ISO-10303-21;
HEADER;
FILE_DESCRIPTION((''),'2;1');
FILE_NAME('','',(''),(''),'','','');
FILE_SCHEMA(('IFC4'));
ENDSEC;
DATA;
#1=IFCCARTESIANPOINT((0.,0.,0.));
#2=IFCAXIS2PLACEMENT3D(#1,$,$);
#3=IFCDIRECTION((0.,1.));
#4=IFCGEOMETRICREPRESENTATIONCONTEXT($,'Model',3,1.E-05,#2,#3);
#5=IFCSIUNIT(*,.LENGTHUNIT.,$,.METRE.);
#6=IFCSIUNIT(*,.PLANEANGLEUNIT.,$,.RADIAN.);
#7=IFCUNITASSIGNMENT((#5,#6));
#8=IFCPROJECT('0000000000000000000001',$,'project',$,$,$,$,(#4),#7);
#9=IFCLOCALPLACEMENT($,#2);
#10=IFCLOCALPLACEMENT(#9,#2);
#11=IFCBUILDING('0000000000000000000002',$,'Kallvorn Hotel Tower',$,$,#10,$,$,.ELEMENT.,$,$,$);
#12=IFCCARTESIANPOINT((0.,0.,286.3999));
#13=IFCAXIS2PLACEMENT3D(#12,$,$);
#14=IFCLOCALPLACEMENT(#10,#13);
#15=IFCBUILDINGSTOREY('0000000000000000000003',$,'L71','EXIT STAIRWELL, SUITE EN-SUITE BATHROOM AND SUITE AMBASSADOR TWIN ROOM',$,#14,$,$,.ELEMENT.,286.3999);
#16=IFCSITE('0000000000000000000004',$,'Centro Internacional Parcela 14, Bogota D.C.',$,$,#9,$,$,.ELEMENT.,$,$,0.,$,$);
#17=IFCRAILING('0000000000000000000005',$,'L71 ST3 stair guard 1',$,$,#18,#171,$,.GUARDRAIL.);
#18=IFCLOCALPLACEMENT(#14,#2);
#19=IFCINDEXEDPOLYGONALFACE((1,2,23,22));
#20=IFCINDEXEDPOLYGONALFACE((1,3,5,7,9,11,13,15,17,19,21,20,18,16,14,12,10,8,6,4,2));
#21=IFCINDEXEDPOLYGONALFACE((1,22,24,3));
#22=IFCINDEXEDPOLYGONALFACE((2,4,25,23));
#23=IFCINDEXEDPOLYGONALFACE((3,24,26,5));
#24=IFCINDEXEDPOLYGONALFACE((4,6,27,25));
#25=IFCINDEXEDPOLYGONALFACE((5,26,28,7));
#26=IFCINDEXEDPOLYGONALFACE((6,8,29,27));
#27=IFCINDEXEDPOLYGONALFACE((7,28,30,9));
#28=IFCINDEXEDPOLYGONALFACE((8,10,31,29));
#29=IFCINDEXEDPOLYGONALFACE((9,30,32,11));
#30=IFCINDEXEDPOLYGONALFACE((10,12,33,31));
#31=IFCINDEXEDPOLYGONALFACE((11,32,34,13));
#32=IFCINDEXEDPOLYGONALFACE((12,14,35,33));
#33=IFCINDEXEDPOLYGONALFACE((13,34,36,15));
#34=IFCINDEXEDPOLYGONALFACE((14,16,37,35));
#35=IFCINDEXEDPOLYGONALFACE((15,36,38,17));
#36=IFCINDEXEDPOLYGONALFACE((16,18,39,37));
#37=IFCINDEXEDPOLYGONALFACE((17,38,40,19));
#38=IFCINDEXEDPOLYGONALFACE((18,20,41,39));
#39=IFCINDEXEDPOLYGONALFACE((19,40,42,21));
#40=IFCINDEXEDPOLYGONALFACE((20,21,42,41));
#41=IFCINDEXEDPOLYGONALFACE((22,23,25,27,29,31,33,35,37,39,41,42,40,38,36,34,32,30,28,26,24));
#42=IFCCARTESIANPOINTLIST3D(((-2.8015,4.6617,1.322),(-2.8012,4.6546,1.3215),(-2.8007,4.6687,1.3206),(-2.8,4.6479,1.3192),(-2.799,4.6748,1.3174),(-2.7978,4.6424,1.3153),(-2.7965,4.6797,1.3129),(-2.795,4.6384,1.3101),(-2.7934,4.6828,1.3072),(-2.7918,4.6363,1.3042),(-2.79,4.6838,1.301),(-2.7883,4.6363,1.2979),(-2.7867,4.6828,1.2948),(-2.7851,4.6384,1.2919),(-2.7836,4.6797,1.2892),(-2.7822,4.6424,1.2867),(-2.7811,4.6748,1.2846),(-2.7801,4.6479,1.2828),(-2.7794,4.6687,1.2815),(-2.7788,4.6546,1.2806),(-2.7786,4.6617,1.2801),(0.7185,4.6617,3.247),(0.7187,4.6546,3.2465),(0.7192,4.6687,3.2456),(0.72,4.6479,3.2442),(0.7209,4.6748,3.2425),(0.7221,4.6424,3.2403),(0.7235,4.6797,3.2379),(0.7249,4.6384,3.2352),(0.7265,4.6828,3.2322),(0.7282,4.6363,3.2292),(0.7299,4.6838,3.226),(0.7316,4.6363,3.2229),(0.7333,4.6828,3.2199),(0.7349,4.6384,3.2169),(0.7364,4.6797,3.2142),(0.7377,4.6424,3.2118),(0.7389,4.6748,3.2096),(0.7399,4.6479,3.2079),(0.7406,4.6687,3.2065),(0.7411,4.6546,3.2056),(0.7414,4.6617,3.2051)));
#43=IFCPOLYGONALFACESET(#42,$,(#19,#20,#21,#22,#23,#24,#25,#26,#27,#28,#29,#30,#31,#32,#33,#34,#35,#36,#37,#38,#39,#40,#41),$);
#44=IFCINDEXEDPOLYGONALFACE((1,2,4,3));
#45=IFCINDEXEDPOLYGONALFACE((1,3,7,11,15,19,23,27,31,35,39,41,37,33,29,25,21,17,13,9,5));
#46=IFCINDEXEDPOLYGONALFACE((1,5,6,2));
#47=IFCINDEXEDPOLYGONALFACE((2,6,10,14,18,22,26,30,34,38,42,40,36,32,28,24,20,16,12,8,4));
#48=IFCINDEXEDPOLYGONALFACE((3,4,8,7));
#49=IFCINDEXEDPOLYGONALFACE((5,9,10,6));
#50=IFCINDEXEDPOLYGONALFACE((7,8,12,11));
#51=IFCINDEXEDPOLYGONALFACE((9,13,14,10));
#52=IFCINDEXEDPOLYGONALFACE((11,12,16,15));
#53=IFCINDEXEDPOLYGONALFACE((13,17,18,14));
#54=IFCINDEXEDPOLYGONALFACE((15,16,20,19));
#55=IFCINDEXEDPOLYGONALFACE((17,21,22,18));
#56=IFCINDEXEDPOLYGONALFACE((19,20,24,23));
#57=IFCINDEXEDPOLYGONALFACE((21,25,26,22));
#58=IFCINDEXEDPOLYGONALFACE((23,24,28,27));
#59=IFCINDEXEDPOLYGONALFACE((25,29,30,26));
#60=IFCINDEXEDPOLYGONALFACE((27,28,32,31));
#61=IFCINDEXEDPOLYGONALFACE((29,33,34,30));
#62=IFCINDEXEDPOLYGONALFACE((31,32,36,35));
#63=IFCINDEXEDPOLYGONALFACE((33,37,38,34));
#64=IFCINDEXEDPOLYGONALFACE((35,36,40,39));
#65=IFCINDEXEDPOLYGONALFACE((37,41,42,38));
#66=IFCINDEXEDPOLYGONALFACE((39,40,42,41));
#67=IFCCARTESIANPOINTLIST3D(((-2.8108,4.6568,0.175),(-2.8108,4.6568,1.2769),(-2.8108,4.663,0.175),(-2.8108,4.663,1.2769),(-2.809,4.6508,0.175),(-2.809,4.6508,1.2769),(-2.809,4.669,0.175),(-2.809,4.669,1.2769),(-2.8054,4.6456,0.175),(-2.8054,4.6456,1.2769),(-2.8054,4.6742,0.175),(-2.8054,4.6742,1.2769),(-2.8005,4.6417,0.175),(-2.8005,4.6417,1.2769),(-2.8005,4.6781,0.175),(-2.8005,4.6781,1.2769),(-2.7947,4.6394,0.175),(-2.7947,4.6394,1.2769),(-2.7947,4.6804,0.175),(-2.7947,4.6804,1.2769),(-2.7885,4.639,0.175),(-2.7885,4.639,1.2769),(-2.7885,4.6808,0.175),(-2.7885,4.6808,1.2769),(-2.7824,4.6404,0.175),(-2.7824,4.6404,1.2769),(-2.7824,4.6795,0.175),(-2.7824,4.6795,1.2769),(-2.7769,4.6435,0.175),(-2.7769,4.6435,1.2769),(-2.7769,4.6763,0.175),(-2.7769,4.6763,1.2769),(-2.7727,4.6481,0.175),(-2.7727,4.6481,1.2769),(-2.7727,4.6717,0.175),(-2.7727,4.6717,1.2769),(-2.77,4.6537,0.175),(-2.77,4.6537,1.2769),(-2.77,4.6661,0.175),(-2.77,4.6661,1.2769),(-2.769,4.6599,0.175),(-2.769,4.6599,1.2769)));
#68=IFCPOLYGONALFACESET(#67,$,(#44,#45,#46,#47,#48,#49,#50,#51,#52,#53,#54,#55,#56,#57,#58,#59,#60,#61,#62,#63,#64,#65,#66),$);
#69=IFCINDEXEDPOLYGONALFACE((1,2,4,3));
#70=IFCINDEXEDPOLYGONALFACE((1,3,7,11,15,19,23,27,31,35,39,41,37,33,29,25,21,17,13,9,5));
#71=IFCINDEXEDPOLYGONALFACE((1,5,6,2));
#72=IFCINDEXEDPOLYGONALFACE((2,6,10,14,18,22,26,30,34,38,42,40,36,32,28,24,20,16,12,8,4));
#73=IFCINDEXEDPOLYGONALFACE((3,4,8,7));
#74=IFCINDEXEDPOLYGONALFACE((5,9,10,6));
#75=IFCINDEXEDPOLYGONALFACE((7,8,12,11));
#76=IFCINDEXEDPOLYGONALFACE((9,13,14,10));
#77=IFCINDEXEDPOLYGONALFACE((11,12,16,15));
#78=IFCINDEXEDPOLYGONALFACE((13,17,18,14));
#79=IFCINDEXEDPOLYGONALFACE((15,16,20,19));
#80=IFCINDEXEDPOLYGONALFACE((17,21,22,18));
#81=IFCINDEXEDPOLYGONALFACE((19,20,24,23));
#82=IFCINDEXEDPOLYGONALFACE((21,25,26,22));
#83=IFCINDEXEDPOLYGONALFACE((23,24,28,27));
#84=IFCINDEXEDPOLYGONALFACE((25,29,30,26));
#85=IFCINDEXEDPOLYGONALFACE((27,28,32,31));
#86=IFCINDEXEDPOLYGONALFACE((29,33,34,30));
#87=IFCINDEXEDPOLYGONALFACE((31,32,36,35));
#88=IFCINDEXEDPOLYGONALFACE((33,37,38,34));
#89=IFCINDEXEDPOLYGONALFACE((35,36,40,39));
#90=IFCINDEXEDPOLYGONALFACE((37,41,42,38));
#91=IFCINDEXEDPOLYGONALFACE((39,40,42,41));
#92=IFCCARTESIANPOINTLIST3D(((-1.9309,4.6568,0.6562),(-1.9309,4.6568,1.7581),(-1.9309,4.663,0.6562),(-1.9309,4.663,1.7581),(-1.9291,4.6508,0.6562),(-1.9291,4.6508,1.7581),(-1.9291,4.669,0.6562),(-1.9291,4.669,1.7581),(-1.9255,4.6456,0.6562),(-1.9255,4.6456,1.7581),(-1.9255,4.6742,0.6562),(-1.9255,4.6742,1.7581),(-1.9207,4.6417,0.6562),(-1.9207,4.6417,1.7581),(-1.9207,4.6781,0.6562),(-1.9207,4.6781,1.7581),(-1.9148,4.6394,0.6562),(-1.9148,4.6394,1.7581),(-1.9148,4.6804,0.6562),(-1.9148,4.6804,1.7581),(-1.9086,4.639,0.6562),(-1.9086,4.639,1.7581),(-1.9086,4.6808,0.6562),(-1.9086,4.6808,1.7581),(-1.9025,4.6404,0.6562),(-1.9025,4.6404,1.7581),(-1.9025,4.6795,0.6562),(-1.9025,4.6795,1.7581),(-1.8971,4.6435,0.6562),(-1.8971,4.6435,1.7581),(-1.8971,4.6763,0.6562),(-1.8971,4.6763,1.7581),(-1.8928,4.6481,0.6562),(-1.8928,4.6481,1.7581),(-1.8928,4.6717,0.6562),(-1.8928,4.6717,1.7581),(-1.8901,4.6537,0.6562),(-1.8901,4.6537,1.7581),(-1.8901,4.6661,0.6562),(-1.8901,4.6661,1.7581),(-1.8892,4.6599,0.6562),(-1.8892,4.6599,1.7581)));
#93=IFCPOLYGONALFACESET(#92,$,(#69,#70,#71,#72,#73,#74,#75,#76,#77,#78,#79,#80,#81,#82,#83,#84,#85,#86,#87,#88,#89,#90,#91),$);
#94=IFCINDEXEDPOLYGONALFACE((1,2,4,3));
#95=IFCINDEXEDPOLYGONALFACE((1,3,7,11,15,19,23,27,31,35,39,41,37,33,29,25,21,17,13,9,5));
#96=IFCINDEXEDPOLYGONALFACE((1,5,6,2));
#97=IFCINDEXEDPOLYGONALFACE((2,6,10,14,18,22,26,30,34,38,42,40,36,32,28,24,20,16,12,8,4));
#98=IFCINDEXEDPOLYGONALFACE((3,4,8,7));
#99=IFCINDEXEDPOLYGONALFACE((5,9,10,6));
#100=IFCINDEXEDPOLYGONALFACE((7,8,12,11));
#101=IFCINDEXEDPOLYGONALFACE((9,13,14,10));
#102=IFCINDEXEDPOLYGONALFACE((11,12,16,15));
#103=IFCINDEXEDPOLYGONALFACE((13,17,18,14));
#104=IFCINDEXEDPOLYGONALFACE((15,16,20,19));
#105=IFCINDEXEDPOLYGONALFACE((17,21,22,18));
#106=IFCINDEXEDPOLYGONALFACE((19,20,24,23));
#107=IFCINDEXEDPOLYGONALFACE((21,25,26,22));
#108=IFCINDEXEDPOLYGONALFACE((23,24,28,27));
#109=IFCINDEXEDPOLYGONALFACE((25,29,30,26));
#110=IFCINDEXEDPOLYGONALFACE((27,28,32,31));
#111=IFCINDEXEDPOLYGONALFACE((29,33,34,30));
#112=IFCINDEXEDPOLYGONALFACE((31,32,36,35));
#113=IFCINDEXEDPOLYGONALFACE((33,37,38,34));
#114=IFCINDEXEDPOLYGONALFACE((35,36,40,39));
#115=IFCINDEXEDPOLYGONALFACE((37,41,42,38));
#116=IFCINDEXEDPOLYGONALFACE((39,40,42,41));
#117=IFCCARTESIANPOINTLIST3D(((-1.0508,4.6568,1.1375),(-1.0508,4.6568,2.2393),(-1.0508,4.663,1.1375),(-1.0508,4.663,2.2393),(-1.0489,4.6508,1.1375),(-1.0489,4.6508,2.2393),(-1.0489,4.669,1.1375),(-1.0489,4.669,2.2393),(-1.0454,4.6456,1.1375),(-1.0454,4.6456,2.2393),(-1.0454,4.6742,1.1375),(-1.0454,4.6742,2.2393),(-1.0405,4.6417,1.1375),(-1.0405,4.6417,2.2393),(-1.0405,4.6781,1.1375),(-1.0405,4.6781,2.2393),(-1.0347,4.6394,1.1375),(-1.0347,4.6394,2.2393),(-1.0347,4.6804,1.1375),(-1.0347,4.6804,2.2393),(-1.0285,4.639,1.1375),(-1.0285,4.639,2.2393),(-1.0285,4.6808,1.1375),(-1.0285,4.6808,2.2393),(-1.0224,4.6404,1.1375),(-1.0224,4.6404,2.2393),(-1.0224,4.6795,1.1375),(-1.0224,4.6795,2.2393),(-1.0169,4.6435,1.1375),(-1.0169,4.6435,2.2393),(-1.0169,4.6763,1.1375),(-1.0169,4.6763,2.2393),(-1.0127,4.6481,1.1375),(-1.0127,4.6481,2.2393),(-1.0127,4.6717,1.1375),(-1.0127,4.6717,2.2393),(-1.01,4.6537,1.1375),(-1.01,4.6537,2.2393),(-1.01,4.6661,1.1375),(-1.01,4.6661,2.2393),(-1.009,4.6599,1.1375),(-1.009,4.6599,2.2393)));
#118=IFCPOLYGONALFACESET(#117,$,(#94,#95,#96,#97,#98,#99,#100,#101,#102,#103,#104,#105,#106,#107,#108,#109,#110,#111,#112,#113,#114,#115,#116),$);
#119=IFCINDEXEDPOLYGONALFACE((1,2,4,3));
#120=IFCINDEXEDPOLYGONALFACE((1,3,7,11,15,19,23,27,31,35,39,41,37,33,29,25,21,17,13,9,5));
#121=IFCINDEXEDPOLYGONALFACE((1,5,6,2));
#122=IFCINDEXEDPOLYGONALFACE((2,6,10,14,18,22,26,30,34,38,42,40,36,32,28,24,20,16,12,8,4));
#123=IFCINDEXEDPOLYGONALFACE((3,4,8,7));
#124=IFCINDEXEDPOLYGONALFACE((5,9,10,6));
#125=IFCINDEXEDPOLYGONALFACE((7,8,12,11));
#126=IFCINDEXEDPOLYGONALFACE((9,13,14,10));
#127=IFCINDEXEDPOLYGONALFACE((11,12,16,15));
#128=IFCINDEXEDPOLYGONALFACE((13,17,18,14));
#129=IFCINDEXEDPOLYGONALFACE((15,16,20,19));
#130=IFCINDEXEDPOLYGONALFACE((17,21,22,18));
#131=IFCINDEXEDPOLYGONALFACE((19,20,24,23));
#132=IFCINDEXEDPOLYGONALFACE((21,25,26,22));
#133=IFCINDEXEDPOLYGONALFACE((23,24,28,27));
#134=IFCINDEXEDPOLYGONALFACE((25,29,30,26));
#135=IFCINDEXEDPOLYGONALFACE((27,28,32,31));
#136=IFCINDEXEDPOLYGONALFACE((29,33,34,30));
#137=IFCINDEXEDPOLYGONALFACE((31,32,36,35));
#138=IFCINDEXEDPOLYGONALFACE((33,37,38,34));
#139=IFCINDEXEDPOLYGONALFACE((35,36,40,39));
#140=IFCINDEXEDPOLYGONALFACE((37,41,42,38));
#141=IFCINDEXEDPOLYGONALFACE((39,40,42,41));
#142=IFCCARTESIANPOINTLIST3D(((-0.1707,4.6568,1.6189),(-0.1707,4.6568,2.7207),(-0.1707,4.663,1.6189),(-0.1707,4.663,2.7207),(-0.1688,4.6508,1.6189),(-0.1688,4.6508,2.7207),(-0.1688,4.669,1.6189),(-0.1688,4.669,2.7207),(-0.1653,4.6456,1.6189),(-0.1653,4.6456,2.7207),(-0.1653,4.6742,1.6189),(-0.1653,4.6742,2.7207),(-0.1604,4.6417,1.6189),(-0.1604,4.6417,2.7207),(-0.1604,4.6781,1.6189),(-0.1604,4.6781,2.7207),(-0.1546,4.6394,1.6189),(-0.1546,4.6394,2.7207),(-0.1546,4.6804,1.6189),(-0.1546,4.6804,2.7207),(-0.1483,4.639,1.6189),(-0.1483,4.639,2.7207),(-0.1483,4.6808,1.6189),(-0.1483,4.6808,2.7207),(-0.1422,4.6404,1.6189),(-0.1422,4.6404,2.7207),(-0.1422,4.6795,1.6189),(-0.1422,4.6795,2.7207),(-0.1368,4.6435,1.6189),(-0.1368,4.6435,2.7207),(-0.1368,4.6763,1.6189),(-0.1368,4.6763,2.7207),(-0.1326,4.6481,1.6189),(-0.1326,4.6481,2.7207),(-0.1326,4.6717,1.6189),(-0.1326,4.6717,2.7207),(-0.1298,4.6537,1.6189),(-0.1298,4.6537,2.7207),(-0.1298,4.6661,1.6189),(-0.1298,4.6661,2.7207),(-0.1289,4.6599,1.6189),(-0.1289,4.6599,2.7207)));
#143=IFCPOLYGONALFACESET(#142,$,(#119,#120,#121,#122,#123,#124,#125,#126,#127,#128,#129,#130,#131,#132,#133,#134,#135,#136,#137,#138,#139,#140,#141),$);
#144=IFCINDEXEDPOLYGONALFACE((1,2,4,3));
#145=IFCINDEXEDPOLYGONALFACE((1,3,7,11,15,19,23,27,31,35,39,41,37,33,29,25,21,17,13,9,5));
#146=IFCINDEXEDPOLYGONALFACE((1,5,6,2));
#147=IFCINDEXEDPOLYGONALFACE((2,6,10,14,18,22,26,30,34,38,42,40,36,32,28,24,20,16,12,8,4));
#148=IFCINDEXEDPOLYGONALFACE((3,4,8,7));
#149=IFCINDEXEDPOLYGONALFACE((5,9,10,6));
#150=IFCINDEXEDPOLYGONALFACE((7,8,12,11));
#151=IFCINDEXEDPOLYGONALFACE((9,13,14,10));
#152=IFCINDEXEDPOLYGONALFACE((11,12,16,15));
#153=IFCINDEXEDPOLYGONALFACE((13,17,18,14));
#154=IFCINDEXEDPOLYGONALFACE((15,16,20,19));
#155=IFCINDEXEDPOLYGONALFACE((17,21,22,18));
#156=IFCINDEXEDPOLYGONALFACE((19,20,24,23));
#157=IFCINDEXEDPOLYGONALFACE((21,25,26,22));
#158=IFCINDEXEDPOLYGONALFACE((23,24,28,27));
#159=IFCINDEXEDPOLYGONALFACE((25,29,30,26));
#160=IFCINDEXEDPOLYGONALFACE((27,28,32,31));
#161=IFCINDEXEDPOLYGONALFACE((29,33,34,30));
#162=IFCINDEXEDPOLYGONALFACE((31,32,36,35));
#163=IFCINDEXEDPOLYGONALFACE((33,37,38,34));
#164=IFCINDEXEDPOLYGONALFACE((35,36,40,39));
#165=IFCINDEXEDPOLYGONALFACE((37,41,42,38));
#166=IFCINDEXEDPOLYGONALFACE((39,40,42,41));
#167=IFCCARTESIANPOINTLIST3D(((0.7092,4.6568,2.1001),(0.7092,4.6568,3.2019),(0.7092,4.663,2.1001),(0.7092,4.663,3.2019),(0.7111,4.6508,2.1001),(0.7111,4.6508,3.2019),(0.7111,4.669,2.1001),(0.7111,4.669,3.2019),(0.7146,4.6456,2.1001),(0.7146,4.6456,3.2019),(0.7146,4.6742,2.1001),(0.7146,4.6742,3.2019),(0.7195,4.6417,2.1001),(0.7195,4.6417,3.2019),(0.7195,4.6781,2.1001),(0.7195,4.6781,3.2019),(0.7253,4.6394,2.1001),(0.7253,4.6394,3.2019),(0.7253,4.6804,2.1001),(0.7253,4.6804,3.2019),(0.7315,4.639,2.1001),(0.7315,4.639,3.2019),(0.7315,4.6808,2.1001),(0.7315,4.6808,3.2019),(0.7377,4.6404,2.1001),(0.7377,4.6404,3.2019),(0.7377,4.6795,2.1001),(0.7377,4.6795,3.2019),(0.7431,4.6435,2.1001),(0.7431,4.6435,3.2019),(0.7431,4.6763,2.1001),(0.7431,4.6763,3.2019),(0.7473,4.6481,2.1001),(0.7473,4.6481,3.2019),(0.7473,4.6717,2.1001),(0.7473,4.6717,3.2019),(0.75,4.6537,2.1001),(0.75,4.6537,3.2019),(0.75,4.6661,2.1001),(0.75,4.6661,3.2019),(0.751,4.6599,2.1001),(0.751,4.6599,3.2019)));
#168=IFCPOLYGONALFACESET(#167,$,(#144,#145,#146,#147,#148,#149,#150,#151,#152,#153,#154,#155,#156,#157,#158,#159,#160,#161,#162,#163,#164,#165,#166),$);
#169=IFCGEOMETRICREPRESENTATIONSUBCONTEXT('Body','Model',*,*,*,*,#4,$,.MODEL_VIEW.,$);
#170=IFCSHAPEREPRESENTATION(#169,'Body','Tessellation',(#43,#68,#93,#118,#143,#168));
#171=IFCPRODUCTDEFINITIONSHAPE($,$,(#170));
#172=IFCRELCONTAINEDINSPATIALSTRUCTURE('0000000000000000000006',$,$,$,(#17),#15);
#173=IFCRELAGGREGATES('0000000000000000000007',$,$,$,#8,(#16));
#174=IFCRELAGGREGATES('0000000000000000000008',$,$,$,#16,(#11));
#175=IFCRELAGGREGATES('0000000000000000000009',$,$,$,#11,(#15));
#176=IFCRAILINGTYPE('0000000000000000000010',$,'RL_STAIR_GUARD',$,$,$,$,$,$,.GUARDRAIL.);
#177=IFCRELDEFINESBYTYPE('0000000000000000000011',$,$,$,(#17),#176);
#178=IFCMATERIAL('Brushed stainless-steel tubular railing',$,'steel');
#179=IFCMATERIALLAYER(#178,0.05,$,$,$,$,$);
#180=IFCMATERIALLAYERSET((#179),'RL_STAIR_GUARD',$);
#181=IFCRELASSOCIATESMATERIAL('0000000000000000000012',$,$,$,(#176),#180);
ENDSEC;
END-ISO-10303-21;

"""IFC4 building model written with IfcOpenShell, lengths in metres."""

from ifc_helpers import new_model, si_unit, direction, frame, origin, origin_2d, place, context, subcontext, project, spatial, circle, extrude, material, layer, layer_set, type_object, element, save


model = new_model("IFC4")

# Units and contexts
model_context = context("Model", 3, precision=1e-05, world=origin(), true_north=direction((0.0, 1.0)))
body_context = subcontext(model_context, "Body", "Model", "MODEL_VIEW")
ifc_project = project(units=[si_unit("LENGTHUNIT", "METRE"), si_unit("PLANEANGLEUNIT", "RADIAN")], contexts=[model_context])

# Site, building, storey
site_placement = place(None, origin())
site = spatial("IfcSite", under=ifc_project, at=site_placement, Name="Centro Internacional Parcela 14, Bogota D.C.", CompositionType="ELEMENT", RefElevation=0.0)
building_placement = place(site_placement, origin())
building = spatial("IfcBuilding", under=site, at=building_placement, Name="Kallvorn Hotel Tower", CompositionType="ELEMENT")
storey_placement = place(building_placement, frame((0.0, 0.0, 286.3999)))
storey = spatial("IfcBuildingStorey", under=building, at=storey_placement, Name="L71", Description="EXIT STAIRWELL, SUITE EN-SUITE BATHROOM AND SUITE AMBASSADOR TWIN ROOM", CompositionType="ELEMENT", Elevation=286.3999)

# Railing
ifc_material_1 = material(Name="Brushed stainless-steel tubular railing", Category="steel")
ifc_layer_1 = layer(ifc_material_1, 0.05)
ifc_layer_set_1 = layer_set([ifc_layer_1], Name="RL_STAIR_GUARD")
railing_type = type_object("IfcRailingType", Name="RL_STAIR_GUARD", PredefinedType="GUARDRAIL", material=ifc_layer_set_1)
railing_1_placement = place(storey_placement, frame((-2.79, 4.6599, 0.175)))
element("IfcRailing", 1, at=railing_1_placement, inside=storey, type_object=railing_type, Name="L71 ST3 stair guard 1", PredefinedType="GUARDRAIL", context=body_context, shape_type="SweptSolid", body=[
    extrude(circle(Radius=0.0239, at=origin_2d()), frame((0.0, 0.0, 1.126), z_axis=(0.877367, 0.0, 0.47982), x_axis=(0.0, 1.0, 0.0)), (0.0, 0.0, 1.0), 4.012),
    extrude(circle(Radius=0.021, at=origin_2d()), origin(), (0.0, 0.0, 1.0), 1.1018),
    extrude(circle(Radius=0.021, at=origin_2d()), frame((0.8799, 0.0, 0.4812)), (0.0, 0.0, 1.0), 1.1018),
    extrude(circle(Radius=0.021, at=origin_2d()), frame((1.76, 0.0, 0.9624)), (0.0, 0.0, 1.0), 1.1018),
    extrude(circle(Radius=0.021, at=origin_2d()), frame((2.6401, 0.0, 1.4438)), (0.0, 0.0, 1.0), 1.1018),
    extrude(circle(Radius=0.021, at=origin_2d()), frame((3.52, 0.0, 1.925)), (0.0, 0.0, 1.0), 1.1018),
])

save(model, "model.ifc")
